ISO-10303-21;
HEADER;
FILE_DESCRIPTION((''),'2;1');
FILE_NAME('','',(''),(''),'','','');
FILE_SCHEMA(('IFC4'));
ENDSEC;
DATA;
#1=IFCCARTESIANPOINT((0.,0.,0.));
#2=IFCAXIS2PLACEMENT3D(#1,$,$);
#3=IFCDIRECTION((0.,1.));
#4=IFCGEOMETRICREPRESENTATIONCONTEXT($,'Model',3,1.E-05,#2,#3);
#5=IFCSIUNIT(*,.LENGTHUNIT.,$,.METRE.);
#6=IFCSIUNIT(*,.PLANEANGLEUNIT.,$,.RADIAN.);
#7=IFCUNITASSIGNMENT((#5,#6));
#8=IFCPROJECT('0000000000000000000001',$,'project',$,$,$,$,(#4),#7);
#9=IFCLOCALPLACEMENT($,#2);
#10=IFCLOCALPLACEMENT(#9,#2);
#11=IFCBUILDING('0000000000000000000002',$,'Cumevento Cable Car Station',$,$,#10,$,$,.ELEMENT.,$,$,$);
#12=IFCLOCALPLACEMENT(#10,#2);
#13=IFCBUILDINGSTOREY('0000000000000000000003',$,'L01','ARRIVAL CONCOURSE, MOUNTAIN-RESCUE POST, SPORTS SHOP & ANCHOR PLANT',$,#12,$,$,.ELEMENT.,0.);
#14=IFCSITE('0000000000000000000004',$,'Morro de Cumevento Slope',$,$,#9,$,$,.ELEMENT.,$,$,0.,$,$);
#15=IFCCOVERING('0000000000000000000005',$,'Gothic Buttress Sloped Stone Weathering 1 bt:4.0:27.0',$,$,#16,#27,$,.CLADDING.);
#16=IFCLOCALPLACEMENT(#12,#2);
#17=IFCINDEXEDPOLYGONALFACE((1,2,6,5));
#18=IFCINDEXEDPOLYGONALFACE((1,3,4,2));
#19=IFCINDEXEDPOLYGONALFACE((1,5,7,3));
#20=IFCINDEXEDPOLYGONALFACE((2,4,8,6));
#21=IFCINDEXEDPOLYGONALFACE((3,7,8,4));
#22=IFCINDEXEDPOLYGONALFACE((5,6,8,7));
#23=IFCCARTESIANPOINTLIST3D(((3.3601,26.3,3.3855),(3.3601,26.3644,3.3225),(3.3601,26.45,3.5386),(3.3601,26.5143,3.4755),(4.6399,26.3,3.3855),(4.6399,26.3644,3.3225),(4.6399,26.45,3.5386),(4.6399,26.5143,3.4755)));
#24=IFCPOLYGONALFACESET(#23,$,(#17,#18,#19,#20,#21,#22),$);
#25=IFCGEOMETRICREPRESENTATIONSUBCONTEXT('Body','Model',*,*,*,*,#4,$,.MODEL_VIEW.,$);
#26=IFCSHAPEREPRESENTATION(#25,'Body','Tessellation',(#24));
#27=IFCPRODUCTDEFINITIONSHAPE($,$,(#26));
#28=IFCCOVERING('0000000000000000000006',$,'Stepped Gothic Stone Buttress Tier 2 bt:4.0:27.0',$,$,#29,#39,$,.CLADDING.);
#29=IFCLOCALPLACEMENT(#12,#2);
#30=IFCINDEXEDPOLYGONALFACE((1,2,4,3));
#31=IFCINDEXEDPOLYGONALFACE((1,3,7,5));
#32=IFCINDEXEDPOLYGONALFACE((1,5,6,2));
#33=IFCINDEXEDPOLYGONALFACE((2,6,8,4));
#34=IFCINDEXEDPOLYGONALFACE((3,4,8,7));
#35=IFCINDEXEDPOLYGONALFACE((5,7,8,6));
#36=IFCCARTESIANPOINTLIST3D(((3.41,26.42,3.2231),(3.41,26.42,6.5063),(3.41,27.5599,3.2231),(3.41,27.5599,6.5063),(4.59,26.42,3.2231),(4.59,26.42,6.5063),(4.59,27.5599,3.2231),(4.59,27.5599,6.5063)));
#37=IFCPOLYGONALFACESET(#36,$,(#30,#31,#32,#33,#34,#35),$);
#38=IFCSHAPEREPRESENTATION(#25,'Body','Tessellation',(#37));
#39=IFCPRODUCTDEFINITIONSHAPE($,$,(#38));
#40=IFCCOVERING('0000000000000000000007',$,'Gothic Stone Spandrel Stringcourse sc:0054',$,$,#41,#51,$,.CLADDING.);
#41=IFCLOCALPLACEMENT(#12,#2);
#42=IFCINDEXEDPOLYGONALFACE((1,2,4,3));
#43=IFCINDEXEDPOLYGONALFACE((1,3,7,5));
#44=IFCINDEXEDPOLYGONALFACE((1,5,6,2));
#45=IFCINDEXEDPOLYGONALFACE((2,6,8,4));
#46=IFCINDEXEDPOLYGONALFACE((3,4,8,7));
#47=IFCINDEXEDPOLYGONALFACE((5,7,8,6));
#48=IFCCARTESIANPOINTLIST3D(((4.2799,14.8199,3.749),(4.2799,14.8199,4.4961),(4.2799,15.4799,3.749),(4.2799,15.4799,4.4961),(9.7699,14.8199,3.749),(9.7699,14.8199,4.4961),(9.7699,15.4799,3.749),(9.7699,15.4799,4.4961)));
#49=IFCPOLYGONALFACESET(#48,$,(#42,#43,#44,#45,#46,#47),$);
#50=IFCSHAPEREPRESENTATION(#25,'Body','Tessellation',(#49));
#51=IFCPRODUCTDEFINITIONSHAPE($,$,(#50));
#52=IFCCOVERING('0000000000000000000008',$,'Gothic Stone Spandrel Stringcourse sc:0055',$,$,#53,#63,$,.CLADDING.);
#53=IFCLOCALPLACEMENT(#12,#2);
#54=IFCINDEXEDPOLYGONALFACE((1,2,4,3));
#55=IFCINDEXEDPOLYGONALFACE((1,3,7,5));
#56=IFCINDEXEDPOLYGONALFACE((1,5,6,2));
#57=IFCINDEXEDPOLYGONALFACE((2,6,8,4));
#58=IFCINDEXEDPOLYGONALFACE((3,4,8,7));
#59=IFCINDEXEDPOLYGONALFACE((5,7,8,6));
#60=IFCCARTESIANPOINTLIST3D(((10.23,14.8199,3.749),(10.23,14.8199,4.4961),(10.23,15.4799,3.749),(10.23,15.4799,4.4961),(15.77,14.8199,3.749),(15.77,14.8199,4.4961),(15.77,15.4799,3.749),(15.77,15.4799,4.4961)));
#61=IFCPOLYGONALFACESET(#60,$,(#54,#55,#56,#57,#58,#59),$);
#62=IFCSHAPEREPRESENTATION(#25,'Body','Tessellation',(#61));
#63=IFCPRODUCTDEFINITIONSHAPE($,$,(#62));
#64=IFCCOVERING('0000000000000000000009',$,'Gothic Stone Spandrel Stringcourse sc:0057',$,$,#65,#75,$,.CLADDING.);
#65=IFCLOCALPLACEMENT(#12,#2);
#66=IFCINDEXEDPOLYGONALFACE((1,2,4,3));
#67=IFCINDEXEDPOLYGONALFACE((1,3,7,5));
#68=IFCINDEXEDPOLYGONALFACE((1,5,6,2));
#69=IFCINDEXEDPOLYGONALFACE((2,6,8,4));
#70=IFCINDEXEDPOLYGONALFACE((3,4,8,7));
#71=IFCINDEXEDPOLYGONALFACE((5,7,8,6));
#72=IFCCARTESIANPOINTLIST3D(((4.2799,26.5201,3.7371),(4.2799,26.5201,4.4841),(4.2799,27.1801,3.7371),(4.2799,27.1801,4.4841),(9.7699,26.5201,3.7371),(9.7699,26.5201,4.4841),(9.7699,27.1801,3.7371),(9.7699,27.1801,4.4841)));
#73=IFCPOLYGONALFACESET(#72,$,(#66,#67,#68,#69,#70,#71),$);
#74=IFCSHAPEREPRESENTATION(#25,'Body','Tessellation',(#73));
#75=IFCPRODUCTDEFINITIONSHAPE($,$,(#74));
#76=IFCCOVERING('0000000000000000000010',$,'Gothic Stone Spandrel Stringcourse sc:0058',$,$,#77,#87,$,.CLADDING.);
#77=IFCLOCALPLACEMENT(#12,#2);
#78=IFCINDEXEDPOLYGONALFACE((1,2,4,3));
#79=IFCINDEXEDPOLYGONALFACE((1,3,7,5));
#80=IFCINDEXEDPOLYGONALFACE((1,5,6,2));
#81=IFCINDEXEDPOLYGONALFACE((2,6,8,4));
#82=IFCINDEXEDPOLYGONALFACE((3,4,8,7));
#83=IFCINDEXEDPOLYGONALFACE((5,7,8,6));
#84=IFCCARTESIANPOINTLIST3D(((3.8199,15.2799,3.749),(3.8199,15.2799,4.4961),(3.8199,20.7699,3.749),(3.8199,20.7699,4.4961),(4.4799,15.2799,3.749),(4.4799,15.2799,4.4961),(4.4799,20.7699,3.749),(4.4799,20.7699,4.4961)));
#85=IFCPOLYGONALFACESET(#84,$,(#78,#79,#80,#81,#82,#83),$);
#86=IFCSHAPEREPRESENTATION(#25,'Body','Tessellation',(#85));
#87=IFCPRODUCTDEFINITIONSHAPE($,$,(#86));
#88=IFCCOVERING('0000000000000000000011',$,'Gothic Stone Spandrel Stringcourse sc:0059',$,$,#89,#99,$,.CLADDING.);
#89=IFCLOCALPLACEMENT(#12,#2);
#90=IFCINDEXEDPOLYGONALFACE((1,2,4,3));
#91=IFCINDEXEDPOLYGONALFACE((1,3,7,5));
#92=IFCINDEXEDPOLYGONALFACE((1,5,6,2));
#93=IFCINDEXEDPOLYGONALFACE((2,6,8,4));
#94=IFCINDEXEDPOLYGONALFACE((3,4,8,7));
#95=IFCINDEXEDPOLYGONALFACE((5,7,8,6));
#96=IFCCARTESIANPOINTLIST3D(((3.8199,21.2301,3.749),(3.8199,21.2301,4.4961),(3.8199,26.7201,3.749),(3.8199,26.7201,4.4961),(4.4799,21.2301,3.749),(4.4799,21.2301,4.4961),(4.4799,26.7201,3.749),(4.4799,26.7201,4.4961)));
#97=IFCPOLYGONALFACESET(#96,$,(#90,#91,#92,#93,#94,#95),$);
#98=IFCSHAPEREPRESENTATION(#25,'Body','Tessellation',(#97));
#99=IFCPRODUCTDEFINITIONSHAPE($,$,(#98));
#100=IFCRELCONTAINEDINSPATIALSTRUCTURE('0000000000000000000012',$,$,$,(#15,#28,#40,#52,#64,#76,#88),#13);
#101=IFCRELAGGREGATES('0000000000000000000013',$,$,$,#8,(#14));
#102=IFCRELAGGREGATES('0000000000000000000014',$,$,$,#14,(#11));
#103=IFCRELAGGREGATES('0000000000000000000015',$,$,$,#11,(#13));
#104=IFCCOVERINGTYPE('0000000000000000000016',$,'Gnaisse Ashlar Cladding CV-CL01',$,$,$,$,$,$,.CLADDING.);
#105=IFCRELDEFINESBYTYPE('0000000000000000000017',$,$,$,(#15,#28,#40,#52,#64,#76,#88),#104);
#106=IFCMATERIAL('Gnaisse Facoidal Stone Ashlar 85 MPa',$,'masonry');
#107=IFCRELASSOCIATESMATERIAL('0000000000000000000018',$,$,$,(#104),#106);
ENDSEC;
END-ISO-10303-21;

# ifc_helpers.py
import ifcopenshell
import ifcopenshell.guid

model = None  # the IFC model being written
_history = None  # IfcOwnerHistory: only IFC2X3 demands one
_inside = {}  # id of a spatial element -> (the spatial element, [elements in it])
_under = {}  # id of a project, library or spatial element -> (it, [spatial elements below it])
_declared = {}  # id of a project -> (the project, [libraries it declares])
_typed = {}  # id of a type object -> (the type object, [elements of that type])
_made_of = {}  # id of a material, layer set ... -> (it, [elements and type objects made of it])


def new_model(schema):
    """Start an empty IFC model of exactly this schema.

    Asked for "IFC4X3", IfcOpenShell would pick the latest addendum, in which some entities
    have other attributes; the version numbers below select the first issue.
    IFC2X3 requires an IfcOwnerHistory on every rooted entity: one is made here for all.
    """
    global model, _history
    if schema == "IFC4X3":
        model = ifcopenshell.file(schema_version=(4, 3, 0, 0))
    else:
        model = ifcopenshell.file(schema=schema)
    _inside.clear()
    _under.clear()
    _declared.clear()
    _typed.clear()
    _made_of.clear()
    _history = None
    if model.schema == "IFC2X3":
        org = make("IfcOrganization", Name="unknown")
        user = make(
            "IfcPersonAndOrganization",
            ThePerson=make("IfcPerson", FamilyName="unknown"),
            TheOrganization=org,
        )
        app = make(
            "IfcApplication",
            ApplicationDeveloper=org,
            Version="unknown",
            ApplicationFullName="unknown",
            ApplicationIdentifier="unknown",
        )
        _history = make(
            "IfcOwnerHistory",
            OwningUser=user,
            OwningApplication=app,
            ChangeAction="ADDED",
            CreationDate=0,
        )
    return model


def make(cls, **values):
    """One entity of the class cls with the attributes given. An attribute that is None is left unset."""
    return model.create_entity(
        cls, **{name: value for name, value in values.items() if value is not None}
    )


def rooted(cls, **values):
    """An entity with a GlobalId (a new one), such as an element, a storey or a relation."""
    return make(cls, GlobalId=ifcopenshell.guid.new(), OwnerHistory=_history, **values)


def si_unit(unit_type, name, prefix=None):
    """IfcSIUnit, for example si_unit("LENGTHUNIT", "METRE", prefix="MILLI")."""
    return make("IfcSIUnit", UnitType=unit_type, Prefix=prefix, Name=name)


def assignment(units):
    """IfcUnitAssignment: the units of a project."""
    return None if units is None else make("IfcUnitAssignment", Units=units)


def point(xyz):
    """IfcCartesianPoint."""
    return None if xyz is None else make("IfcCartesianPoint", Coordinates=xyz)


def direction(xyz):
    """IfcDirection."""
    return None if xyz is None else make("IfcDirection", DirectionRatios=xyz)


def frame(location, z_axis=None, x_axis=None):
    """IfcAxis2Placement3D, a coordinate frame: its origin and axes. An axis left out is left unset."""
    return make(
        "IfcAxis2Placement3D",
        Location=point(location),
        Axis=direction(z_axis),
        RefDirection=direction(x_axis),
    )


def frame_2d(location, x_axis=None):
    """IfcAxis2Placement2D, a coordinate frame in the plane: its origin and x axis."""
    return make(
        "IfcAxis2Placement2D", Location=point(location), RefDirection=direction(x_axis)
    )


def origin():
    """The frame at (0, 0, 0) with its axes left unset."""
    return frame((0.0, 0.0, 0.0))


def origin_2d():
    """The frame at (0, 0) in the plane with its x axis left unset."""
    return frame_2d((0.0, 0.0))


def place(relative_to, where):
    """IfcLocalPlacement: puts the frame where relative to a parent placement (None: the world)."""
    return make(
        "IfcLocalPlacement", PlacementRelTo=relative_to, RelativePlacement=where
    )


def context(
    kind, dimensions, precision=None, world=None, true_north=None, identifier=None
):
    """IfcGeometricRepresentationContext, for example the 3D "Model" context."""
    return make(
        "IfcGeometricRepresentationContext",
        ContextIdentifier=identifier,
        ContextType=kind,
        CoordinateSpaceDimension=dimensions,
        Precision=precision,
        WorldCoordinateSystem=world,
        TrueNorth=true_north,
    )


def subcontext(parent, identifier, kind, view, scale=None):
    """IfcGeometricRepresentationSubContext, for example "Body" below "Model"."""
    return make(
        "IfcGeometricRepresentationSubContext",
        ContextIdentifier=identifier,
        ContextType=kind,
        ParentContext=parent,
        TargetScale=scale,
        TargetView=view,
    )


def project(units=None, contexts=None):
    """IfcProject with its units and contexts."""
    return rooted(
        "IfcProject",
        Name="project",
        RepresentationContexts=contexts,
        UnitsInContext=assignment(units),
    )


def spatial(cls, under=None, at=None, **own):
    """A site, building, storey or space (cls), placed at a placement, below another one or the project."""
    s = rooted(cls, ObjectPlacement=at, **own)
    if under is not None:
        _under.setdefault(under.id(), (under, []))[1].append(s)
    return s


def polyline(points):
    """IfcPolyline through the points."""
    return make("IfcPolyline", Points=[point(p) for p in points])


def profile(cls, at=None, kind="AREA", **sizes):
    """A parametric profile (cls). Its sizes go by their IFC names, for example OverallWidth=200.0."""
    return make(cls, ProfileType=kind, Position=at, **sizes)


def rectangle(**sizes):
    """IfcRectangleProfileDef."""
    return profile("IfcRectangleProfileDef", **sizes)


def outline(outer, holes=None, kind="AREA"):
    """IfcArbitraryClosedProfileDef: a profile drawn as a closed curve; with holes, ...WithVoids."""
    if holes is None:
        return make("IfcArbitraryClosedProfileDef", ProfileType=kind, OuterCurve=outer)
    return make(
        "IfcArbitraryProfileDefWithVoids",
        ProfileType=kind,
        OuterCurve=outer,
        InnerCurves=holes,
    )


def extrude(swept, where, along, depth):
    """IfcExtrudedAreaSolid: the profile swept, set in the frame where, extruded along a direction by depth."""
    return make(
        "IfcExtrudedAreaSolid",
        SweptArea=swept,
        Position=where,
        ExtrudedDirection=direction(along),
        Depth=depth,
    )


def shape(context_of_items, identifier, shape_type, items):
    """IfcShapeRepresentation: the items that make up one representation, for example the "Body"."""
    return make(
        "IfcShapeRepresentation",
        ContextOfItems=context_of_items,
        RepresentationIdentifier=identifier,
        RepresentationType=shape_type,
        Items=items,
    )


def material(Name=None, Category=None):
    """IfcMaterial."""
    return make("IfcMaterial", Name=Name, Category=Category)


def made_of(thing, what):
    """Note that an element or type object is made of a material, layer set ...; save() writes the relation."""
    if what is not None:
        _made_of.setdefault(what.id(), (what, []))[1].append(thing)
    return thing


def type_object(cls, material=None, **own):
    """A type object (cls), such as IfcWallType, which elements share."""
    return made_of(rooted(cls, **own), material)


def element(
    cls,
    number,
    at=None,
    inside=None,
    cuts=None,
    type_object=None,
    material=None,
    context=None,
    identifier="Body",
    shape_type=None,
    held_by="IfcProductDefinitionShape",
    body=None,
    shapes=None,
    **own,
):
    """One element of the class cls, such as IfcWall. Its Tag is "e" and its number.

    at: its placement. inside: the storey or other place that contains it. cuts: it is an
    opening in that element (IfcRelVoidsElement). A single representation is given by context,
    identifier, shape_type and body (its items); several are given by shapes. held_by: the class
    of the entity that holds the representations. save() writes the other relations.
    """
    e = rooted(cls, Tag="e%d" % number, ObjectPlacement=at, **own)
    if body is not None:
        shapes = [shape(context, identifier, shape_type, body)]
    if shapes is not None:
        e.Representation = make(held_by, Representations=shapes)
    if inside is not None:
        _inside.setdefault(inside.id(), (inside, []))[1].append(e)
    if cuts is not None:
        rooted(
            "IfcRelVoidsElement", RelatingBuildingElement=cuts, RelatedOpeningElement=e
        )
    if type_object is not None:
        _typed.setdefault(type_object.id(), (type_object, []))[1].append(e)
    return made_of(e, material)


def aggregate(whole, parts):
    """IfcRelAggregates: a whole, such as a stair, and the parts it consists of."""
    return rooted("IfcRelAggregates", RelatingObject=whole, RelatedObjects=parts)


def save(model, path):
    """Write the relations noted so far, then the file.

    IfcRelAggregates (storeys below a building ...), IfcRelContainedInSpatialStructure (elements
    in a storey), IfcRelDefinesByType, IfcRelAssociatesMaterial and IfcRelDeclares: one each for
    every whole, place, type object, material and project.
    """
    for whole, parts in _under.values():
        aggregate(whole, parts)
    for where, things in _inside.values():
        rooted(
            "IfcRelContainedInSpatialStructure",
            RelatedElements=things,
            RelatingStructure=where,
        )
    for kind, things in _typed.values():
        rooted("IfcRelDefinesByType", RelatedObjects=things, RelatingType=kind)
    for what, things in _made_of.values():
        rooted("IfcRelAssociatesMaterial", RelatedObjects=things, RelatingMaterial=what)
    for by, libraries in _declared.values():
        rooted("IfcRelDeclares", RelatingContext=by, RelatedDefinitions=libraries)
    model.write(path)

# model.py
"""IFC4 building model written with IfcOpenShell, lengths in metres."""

from ifc_helpers import new_model, si_unit, direction, frame, origin, origin_2d, place, context, subcontext, project, spatial, polyline, rectangle, outline, extrude, material, type_object, element, save


model = new_model("IFC4")

# Units and contexts
model_context = context("Model", 3, precision=1e-05, world=origin(), true_north=direction((0.0, 1.0)))
body_context = subcontext(model_context, "Body", "Model", "MODEL_VIEW")
ifc_project = project(units=[si_unit("LENGTHUNIT", "METRE"), si_unit("PLANEANGLEUNIT", "RADIAN")], contexts=[model_context])

# Site, building, storey
site_placement = place(None, origin())
site = spatial("IfcSite", under=ifc_project, at=site_placement, Name="Morro de Cumevento Slope", CompositionType="ELEMENT", RefElevation=0.0)
building_placement = place(site_placement, origin())
building = spatial("IfcBuilding", under=site, at=building_placement, Name="Cumevento Cable Car Station", CompositionType="ELEMENT")
storey_placement = place(building_placement, origin())
storey = spatial("IfcBuildingStorey", under=building, at=storey_placement, Name="L01", Description="ARRIVAL CONCOURSE, MOUNTAIN-RESCUE POST, SPORTS SHOP & ANCHOR PLANT", CompositionType="ELEMENT", Elevation=0.0)

# Coverings
ifc_material_1 = material(Name="Gnaisse Facoidal Stone Ashlar 85 MPa", Category="masonry")
covering_type = type_object("IfcCoveringType", Name="Gnaisse Ashlar Cladding CV-CL01", PredefinedType="CLADDING", material=ifc_material_1)
covering_1_placement = place(storey_placement, frame((3.3601, 26.3, 3.3855), z_axis=(0.0, -0.714475, 0.699661), x_axis=(1.0, 0.0, 0.0)))
element("IfcCovering", 1, at=covering_1_placement, inside=storey, type_object=covering_type, Name="Gothic Buttress Sloped Stone Weathering 1 bt:4.0:27.0", PredefinedType="CLADDING", context=body_context, shape_type="SweptSolid", body=[
    extrude(outline(polyline([(0.0, 0.0), (1.2798, 0.0), (1.2798, 0.2142), (0.0, 0.2142), (0.0, 0.0)])), origin(), (0.0, 0.0, -1.0), 0.0901),
])
covering_2_placement = place(storey_placement, frame((4.0, 26.99, 3.2231), z_axis=(0.0, 0.0, 1.0), x_axis=(1.0, 0.0, 0.0)))
element("IfcCovering", 2, at=covering_2_placement, inside=storey, type_object=covering_type, Name="Stepped Gothic Stone Buttress Tier 2 bt:4.0:27.0", PredefinedType="CLADDING", context=body_context, shape_type="SweptSolid", body=[
    extrude(rectangle(XDim=1.1799, YDim=1.1399, at=origin_2d()), origin(), (0.0, 0.0, 1.0), 3.2832),
])
covering_3_placement = place(storey_placement, frame((7.0249, 15.1499, 3.749), z_axis=(0.0, 0.0, 1.0), x_axis=(-1.0, 0.0, 0.0)))
element("IfcCovering", 3, at=covering_3_placement, inside=storey, type_object=covering_type, Name="Gothic Stone Spandrel Stringcourse sc:0054", PredefinedType="CLADDING", context=body_context, shape_type="SweptSolid", body=[
    extrude(rectangle(XDim=5.49, YDim=0.6599, at=origin_2d()), origin(), (0.0, 0.0, 1.0), 0.7471),
])
covering_4_placement = place(storey_placement, frame((13.0, 15.1499, 3.749), z_axis=(0.0, 0.0, 1.0), x_axis=(-1.0, 0.0, 0.0)))
element("IfcCovering", 4, at=covering_4_placement, inside=storey, type_object=covering_type, Name="Gothic Stone Spandrel Stringcourse sc:0055", PredefinedType="CLADDING", context=body_context, shape_type="SweptSolid", body=[
    extrude(rectangle(XDim=5.54, YDim=0.6599, at=origin_2d()), origin(), (0.0, 0.0, 1.0), 0.7471),
])
for number, where, z_axis, x_axis, name in (
    (5, (7.0249, 26.8501, 3.7371), (0.0, 0.0, 1.0), (1.0, 0.0, 0.0), "Gothic Stone Spandrel Stringcourse sc:0057"),
    (6, (4.1499, 18.0249, 3.749), (0.0, 0.0, 1.0), (0.0, 1.0, 0.0), "Gothic Stone Spandrel Stringcourse sc:0058"),
    (7, (4.1499, 23.9751, 3.749), (0.0, 0.0, 1.0), (0.0, 1.0, 0.0), "Gothic Stone Spandrel Stringcourse sc:0059"),
):
    element("IfcCovering", number, at=place(storey_placement, frame(where, z_axis=z_axis, x_axis=x_axis)), inside=storey, type_object=covering_type, Name=name, PredefinedType="CLADDING", context=body_context, shape_type="SweptSolid", body=[
        extrude(rectangle(XDim=5.49, YDim=0.6599, at=origin_2d()), origin(), (0.0, 0.0, 1.0), 0.7471),
    ])

save(model, "model.ifc")
